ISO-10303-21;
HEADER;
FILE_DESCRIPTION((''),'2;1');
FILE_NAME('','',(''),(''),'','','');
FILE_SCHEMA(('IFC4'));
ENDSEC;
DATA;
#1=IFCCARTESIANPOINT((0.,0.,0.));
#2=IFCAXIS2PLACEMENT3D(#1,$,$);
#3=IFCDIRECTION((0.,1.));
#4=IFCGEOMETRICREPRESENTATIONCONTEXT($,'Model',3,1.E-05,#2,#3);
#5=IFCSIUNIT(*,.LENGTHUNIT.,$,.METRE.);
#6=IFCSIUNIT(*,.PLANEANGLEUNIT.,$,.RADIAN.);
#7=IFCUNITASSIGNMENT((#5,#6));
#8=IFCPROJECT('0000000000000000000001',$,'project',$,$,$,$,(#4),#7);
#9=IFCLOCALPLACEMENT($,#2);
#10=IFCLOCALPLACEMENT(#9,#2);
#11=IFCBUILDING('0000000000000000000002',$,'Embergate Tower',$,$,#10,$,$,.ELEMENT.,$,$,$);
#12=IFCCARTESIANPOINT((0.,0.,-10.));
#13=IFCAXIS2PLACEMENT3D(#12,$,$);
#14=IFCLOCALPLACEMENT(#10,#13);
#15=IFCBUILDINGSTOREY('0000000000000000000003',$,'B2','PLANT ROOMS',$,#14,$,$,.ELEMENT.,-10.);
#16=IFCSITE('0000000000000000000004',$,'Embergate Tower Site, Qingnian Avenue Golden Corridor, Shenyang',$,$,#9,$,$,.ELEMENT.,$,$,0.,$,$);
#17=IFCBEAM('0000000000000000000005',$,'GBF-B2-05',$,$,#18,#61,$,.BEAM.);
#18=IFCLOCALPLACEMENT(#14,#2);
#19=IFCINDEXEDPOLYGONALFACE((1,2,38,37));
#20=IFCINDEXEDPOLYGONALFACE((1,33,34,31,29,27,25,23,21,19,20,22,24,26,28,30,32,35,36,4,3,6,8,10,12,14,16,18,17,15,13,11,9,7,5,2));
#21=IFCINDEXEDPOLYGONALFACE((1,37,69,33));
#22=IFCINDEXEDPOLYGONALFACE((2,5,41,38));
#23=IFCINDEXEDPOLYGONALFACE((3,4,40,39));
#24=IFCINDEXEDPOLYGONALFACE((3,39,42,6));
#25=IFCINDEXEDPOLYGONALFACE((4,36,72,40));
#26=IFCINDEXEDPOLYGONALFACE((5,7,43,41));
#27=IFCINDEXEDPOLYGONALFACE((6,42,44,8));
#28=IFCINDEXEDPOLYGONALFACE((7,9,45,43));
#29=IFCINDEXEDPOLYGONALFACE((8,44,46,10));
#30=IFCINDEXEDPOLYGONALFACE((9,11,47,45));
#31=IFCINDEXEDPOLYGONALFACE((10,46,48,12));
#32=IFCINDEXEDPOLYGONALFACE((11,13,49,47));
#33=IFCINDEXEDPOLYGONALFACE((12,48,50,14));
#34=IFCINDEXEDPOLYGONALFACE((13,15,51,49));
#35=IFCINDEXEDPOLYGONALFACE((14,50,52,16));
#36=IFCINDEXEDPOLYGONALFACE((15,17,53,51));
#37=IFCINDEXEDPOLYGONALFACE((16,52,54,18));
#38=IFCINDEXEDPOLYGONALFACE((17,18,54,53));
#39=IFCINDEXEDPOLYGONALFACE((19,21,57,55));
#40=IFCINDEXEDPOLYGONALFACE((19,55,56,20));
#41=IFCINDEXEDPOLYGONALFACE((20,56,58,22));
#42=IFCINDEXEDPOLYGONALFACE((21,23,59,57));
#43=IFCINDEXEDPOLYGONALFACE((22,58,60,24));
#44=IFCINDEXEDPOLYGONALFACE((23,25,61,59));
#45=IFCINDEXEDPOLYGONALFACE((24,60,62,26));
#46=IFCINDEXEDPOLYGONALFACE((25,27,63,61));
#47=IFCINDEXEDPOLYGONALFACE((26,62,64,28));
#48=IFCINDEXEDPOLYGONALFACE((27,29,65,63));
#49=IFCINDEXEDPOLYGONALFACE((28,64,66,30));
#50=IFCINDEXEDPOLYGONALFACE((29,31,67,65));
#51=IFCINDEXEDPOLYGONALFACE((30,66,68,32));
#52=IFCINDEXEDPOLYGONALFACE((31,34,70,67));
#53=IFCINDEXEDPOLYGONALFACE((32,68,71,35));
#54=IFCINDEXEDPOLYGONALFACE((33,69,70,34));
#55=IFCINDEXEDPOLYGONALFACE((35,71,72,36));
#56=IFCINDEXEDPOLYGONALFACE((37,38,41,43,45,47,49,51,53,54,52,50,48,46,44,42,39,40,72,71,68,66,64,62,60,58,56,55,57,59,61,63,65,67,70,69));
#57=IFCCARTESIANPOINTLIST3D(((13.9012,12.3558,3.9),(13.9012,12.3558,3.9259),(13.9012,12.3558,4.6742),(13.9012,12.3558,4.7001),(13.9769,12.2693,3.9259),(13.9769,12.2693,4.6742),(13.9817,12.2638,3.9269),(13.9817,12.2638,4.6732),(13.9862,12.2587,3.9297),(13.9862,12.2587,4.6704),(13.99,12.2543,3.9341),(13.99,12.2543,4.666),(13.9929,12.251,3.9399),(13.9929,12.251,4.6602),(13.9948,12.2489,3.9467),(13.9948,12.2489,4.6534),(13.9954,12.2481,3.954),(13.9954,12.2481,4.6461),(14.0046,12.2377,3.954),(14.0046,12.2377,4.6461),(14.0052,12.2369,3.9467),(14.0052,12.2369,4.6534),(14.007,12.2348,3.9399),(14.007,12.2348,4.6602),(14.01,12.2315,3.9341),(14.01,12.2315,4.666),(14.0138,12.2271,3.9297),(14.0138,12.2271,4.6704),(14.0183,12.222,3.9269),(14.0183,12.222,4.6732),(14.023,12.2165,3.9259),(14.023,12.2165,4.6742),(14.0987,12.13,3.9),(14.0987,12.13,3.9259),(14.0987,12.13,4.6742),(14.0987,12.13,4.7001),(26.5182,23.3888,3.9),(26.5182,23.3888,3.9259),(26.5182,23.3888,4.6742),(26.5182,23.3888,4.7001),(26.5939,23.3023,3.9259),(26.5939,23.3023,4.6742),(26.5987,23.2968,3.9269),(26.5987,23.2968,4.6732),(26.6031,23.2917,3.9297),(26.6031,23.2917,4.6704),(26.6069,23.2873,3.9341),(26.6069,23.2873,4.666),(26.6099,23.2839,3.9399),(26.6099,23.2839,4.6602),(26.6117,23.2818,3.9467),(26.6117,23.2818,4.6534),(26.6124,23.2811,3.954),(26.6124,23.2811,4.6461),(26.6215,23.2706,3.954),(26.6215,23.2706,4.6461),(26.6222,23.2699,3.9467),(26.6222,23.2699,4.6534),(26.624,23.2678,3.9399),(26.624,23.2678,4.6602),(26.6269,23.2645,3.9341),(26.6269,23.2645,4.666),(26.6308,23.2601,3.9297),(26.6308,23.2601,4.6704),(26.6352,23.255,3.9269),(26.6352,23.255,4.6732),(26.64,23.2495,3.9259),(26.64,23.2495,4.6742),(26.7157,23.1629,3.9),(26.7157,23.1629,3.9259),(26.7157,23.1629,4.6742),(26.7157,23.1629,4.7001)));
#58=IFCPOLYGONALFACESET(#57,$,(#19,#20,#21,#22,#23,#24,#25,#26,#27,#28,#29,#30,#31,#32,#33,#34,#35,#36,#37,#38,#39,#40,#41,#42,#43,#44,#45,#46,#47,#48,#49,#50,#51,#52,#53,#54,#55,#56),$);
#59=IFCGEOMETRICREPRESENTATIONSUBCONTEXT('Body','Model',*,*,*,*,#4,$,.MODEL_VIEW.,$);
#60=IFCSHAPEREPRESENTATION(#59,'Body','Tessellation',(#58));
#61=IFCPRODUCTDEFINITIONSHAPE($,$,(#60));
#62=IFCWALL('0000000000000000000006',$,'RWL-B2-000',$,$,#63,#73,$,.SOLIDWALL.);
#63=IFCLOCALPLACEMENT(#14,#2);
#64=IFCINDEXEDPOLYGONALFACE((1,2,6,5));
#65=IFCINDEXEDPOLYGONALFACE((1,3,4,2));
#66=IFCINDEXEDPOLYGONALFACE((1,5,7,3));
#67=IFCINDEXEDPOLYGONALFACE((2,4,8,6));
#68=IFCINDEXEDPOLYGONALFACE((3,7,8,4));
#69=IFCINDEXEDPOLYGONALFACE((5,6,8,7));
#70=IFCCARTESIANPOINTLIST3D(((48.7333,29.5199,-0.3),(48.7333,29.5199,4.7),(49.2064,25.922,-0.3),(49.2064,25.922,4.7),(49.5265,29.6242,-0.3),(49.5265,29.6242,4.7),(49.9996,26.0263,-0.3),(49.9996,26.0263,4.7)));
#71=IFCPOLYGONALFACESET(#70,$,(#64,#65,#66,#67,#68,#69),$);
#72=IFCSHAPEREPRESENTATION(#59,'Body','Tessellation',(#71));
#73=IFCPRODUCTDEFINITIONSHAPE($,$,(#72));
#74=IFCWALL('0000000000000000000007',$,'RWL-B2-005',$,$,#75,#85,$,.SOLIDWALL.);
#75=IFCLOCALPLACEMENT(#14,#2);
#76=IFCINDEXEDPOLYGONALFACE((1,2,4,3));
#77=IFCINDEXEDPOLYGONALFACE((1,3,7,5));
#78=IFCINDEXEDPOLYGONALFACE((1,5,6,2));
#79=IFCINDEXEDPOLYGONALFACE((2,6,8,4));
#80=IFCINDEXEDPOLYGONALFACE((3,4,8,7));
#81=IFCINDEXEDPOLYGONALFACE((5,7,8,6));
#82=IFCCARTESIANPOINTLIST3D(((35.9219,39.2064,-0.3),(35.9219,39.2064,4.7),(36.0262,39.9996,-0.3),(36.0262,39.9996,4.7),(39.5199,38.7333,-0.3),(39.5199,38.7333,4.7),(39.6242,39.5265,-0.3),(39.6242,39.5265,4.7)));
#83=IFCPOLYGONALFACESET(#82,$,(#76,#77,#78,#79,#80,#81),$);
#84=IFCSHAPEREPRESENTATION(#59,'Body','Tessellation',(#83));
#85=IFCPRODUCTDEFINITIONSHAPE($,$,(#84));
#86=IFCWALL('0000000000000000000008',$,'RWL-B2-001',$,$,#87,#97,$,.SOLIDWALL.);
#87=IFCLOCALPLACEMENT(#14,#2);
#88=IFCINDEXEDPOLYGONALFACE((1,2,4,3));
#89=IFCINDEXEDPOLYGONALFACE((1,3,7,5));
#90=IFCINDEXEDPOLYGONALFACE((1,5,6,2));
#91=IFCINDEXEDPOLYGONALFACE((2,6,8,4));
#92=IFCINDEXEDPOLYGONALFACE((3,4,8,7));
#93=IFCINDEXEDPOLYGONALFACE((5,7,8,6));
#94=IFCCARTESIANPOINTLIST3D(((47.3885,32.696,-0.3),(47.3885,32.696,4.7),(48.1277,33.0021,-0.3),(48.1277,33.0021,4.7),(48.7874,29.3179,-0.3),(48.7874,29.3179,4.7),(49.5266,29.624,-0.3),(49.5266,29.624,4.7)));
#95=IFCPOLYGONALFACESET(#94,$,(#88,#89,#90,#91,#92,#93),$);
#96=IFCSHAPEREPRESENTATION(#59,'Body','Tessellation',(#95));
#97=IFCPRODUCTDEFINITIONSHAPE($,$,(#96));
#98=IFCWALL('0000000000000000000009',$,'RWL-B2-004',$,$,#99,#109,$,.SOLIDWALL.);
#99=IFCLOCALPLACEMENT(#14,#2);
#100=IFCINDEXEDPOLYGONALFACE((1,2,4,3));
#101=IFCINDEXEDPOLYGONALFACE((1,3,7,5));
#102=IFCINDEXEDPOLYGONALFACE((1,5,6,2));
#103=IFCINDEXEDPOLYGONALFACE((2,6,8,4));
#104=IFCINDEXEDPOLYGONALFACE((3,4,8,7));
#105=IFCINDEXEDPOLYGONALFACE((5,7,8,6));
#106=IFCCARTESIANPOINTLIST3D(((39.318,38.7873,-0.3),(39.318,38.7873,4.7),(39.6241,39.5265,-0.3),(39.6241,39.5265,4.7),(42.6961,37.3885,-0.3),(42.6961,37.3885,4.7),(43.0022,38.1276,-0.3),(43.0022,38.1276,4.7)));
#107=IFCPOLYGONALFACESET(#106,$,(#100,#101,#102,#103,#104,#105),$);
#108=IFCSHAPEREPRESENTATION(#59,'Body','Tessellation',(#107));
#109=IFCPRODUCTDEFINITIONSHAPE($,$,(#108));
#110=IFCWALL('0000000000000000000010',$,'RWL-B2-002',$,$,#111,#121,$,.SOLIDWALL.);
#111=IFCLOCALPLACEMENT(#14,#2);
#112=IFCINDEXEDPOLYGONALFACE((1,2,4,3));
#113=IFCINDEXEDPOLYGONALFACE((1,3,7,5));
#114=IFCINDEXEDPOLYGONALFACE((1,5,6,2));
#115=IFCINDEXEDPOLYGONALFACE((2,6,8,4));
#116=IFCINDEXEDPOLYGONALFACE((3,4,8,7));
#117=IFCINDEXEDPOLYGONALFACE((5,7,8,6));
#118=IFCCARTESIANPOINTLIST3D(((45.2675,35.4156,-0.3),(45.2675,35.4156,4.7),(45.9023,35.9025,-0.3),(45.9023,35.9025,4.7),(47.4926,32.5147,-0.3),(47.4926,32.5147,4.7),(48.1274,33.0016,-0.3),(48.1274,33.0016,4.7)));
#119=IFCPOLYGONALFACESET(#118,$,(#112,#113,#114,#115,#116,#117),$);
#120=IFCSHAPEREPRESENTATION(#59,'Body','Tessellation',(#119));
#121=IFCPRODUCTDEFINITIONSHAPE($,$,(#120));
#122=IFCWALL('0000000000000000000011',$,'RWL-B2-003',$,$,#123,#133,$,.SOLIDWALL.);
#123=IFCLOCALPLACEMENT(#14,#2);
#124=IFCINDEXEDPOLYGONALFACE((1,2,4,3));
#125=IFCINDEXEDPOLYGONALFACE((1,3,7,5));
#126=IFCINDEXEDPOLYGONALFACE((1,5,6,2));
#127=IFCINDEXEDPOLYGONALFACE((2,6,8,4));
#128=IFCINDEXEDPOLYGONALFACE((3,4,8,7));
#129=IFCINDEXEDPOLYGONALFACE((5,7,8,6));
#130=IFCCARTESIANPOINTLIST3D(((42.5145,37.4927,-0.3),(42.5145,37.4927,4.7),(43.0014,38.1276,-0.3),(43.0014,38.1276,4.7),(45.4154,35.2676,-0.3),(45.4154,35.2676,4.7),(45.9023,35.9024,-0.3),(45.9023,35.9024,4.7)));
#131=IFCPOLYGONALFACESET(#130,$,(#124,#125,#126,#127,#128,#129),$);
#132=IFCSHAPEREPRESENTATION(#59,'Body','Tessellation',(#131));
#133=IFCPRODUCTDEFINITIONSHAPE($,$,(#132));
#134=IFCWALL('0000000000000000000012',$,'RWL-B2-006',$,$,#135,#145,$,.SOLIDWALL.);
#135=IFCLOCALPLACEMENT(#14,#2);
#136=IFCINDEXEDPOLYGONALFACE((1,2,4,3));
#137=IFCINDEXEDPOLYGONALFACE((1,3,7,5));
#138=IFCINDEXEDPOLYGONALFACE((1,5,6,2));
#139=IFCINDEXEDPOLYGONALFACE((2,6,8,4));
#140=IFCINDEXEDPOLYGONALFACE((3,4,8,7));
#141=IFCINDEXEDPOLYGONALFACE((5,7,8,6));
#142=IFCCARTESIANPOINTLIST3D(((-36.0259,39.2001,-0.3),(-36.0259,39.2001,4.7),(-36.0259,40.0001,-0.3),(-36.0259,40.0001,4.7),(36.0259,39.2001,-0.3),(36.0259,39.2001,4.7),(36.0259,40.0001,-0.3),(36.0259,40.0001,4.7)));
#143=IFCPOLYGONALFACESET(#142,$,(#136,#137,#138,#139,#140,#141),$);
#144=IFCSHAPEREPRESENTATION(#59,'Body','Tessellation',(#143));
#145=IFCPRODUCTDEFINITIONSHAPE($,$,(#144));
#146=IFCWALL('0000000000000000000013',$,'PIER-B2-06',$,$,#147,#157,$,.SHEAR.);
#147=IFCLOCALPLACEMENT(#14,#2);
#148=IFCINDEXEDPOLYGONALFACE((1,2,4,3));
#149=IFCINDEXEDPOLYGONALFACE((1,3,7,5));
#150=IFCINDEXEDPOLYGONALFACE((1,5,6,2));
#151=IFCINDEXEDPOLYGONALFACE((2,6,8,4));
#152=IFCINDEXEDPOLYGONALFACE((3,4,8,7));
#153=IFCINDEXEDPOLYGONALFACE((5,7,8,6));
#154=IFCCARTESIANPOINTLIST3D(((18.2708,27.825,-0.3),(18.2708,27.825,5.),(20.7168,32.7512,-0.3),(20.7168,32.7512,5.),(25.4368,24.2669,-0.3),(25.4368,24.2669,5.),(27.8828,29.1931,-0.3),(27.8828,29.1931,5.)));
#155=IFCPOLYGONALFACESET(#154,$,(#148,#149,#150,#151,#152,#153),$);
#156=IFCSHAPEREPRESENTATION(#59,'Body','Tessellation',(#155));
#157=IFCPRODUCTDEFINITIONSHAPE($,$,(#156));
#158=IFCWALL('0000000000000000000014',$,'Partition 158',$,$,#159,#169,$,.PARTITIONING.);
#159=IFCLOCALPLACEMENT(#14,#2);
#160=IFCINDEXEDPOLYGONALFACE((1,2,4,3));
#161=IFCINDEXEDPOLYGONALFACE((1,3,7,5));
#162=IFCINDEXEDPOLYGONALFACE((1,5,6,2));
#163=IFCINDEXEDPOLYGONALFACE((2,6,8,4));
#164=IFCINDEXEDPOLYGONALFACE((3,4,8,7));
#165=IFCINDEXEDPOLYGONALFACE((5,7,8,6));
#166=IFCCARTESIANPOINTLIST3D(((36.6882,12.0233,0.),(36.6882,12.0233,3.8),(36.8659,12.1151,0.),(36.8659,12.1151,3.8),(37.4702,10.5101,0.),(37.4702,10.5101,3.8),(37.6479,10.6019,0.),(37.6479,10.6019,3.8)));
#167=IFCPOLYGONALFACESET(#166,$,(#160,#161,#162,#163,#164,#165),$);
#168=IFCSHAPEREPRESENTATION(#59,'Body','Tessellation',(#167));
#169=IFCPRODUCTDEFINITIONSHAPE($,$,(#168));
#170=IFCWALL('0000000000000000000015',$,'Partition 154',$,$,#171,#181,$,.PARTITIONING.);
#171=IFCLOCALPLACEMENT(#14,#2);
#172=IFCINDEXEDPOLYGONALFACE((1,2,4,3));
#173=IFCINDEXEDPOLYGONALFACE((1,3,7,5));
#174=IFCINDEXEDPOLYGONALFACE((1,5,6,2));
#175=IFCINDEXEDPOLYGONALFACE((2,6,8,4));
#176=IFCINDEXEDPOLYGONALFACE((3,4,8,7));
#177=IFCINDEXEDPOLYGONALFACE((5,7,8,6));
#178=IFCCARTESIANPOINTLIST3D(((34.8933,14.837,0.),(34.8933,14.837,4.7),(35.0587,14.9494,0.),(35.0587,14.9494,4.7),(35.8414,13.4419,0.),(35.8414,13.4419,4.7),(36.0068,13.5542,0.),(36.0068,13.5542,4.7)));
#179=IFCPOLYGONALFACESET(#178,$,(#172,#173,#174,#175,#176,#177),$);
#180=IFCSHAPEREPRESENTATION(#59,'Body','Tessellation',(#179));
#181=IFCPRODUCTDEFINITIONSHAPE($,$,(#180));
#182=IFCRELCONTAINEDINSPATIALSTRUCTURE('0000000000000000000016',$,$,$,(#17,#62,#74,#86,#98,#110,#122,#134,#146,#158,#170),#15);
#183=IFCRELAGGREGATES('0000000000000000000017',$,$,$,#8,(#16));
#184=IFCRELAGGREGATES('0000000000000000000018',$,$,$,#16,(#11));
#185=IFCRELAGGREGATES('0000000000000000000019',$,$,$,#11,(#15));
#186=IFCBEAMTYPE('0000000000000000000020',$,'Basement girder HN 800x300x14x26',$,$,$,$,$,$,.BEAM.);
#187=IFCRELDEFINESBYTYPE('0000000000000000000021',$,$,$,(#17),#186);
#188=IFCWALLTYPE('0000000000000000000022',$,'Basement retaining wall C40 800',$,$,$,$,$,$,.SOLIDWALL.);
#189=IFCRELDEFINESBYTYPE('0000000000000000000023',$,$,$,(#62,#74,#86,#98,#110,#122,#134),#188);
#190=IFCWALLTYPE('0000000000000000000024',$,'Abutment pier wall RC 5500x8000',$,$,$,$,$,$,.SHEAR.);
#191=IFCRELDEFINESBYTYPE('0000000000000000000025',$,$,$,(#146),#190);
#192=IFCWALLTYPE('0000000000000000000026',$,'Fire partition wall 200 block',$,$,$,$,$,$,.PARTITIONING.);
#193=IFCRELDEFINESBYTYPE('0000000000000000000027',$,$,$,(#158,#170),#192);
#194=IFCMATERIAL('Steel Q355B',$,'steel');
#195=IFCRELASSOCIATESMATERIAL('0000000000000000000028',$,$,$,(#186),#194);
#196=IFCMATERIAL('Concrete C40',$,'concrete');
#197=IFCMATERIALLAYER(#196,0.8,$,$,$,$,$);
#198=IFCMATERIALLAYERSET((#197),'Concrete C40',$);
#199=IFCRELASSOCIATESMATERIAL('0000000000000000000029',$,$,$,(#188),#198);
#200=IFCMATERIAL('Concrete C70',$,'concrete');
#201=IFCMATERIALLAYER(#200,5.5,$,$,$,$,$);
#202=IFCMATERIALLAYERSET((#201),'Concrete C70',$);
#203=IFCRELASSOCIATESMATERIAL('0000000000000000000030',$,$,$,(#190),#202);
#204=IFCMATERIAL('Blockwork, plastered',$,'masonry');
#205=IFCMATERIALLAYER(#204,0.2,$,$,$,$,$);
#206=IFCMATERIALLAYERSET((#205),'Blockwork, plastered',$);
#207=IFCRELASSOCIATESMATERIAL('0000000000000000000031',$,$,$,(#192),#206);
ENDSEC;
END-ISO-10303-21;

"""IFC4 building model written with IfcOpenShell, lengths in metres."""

from ifc_helpers import new_model, si_unit, direction, frame, frame_2d, origin, origin_2d, place, context, subcontext, project, spatial, rectangle, i_section, extrude, source, transform, mapped, material, layer, layer_set, material_profile, profile_set, type_object, element, save


model = new_model("IFC4")

# Units and contexts
model_context = context("Model", 3, precision=1e-05, world=origin(), true_north=direction((0.0, 1.0)))
body_context = subcontext(model_context, "Body", "Model", "MODEL_VIEW")
ifc_project = project(units=[si_unit("LENGTHUNIT", "METRE"), si_unit("PLANEANGLEUNIT", "RADIAN")], contexts=[model_context])

# Site, building, storey
site_placement = place(None, origin())
site = spatial("IfcSite", under=ifc_project, at=site_placement, Name="Embergate Tower Site, Qingnian Avenue Golden Corridor, Shenyang", CompositionType="ELEMENT", RefElevation=0.0)
building_placement = place(site_placement, origin())
building = spatial("IfcBuilding", under=site, at=building_placement, Name="Embergate Tower", CompositionType="ELEMENT")
storey_placement = place(building_placement, frame((0.0, 0.0, -10.0)))
storey = spatial("IfcBuildingStorey", under=building, at=storey_placement, Name="B2", Description="PLANT ROOMS", CompositionType="ELEMENT", Elevation=-10.0)

# Shared definitions
ifc_material_1 = material(Name="Concrete C40", Category="concrete")

# Shared definitions
ifc_material_2 = material(Name="Concrete C70", Category="concrete")

# Beam
ifc_material_3 = material(Name="Steel Q355B", Category="steel")
ifc_material_profile_1 = material_profile(ifc_material_3, i_section(OverallWidth=0.3, OverallDepth=0.8, WebThickness=0.0139, FlangeThickness=0.0259, FilletRadius=0.0281, at=origin_2d()), Name="HN 800x300x14x26")
ifc_profile_set_1 = profile_set([ifc_material_profile_1], Name="Steel Q355 grade B")
beam_type_1 = type_object("IfcBeamType", Name="Basement girder HN 800x300x14x26", PredefinedType="BEAM", material=ifc_profile_set_1)
shared_shape_1 = source(origin(), body_context, "Body", "SweptSolid", [
    extrude(i_section(OverallWidth=0.3, OverallDepth=0.8, WebThickness=0.0139, FlangeThickness=0.0259, FilletRadius=0.0281, at=origin_2d()), origin(), (0.0, 0.0, 1.0), 16.7605),
])
beam_1_placement = place(storey_placement, frame((26.6169, 23.2759, 4.3), z_axis=(-0.75278, -0.658273, 0.0), x_axis=(0.658273, -0.75278, 0.0)))
element("IfcBeam", 1, at=beam_1_placement, inside=storey, type_object=beam_type_1, Name="GBF-B2-05", PredefinedType="BEAM", context=body_context, shape_type="MappedRepresentation", body=[
    mapped(shared_shape_1, transform((0.0, 0.0, 0.0))),
])

# Walls
ifc_layer_1 = layer(ifc_material_1, 0.8)
ifc_layer_set_1 = layer_set([ifc_layer_1], Name="Concrete C40")
wall_type_1 = type_object("IfcWallType", Name="Basement retaining wall C40 800", PredefinedType="SOLIDWALL", material=ifc_layer_set_1)
shared_shape_2 = source(origin(), body_context, "Body", "SweptSolid", [
    extrude(rectangle(XDim=3.6289, YDim=0.8, at=frame_2d((1.8145, 0.0))), origin(), (0.0, 0.0, 1.0), 5.0),
])
for number, where, z_axis, x_axis, name in (
    (2, (49.603, 25.9741, -0.3), (0.0, 0.0, 1.0), (-0.130383, 0.991464, 0.0), "RWL-B2-000"),
    (3, (39.572, 39.1299, -0.3), (0.0, 0.0, 1.0), (-0.991464, 0.130383, 0.0), "RWL-B2-005"),
):
    element("IfcWall", number, at=place(storey_placement, frame(where, z_axis=z_axis, x_axis=x_axis)), inside=storey, type_object=wall_type_1, Name=name, PredefinedType="SOLIDWALL", context=body_context, shape_type="MappedRepresentation", body=[
        mapped(shared_shape_2, transform((0.0, 0.0, 0.0))),
    ])
shared_shape_3 = source(origin(), body_context, "Body", "SweptSolid", [
    extrude(rectangle(XDim=3.6562, YDim=0.8, at=frame_2d((1.8281, 0.0))), origin(), (0.0, 0.0, 1.0), 5.0),
])
for number, where, z_axis, x_axis, name in (
    (4, (49.157, 29.4709, -0.3), (0.0, 0.0, 1.0), (-0.382599, 0.923914, 0.0), "RWL-B2-001"),
    (5, (42.8491, 37.7581, -0.3), (0.0, 0.0, 1.0), (-0.923914, 0.382599, 0.0), "RWL-B2-004"),
):
    element("IfcWall", number, at=place(storey_placement, frame(where, z_axis=z_axis, x_axis=x_axis)), inside=storey, type_object=wall_type_1, Name=name, PredefinedType="SOLIDWALL", context=body_context, shape_type="MappedRepresentation", body=[
        mapped(shared_shape_3, transform((0.0, 0.0, 0.0))),
    ])
shared_shape_4 = source(origin(), body_context, "Body", "SweptSolid", [
    extrude(rectangle(XDim=3.656, YDim=0.8, at=frame_2d((1.8281, 0.0))), origin(), (0.0, 0.0, 1.0), 5.0),
])
for number, where, z_axis, x_axis, name in (
    (6, (47.8101, 32.7581, -0.3), (0.0, 0.0, 1.0), (-0.608619, 0.793462, 0.0), "RWL-B2-002"),
    (7, (45.6589, 35.585, -0.3), (0.0, 0.0, 1.0), (-0.793462, 0.608619, 0.0), "RWL-B2-003"),
):
    element("IfcWall", number, at=place(storey_placement, frame(where, z_axis=z_axis, x_axis=x_axis)), inside=storey, type_object=wall_type_1, Name=name, PredefinedType="SOLIDWALL", context=body_context, shape_type="MappedRepresentation", body=[
        mapped(shared_shape_4, transform((0.0, 0.0, 0.0))),
    ])
shared_shape_5 = source(origin(), body_context, "Body", "SweptSolid", [
    extrude(rectangle(XDim=72.0518, YDim=0.8, at=frame_2d((36.0259, 0.0))), origin(), (0.0, 0.0, 1.0), 5.0),
])
wall_1_placement = place(storey_placement, frame((36.0259, 39.6001, -0.3), z_axis=(0.0, 0.0, 1.0), x_axis=(-1.0, 0.0, 0.0)))
element("IfcWall", 8, at=wall_1_placement, inside=storey, type_object=wall_type_1, Name="RWL-B2-006", PredefinedType="SOLIDWALL", context=body_context, shape_type="MappedRepresentation", body=[
    mapped(shared_shape_5, transform((0.0, 0.0, 0.0))),
])
ifc_layer_2 = layer(ifc_material_2, 5.5)
ifc_layer_set_2 = layer_set([ifc_layer_2], Name="Concrete C70")
wall_type_2 = type_object("IfcWallType", Name="Abutment pier wall RC 5500x8000", PredefinedType="SHEAR", material=ifc_layer_set_2)
shared_shape_6 = source(origin(), body_context, "Body", "SweptSolid", [
    extrude(rectangle(XDim=8.0007, YDim=5.5, at=frame_2d((4.0005, 0.0))), origin(), (0.0, 0.0, 1.0), 5.3),
])
wall_2_placement = place(storey_placement, frame((26.6599, 26.73, -0.3), z_axis=(0.0, 0.0, 1.0), x_axis=(-0.895669, 0.444722, 0.0)))
element("IfcWall", 9, at=wall_2_placement, inside=storey, type_object=wall_type_2, Name="PIER-B2-06", PredefinedType="SHEAR", context=body_context, shape_type="MappedRepresentation", body=[
    mapped(shared_shape_6, transform((0.0, 0.0, 0.0))),
])
ifc_material_4 = material(Name="Blockwork, plastered", Category="masonry")
ifc_layer_3 = layer(ifc_material_4, 0.2)
ifc_layer_set_3 = layer_set([ifc_layer_3], Name="Blockwork, plastered")
wall_type_3 = type_object("IfcWallType", Name="Fire partition wall 200 block", PredefinedType="PARTITIONING", material=ifc_layer_set_3)
shared_shape_7 = source(origin(), body_context, "Body", "SweptSolid", [
    extrude(rectangle(XDim=1.7034, YDim=0.2, at=frame_2d((0.8516, 0.0))), origin(), (0.0, 0.0, 1.0), 3.8),
])
wall_3_placement = place(storey_placement, frame((36.7771, 12.0691, 0.0), z_axis=(0.0, 0.0, 1.0), x_axis=(0.459099, -0.888385, 0.0)))
element("IfcWall", 10, at=wall_3_placement, inside=storey, type_object=wall_type_3, Name="Partition 158", PredefinedType="PARTITIONING", context=body_context, shape_type="MappedRepresentation", body=[
    mapped(shared_shape_7, transform((0.0, 0.0, 0.0))),
])
shared_shape_8 = source(origin(), body_context, "Body", "SweptSolid", [
    extrude(rectangle(XDim=1.6868, YDim=0.2, at=frame_2d((0.8433, 0.0))), origin(), (0.0, 0.0, 1.0), 4.7),
])
wall_4_placement = place(storey_placement, frame((34.9761, 14.8931, 0.0), z_axis=(0.0, 0.0, 1.0), x_axis=(0.562061, -0.827096, 0.0)))
element("IfcWall", 11, at=wall_4_placement, inside=storey, type_object=wall_type_3, Name="Partition 154", PredefinedType="PARTITIONING", context=body_context, shape_type="MappedRepresentation", body=[
    mapped(shared_shape_8, transform((0.0, 0.0, 0.0))),
])

save(model, "model.ifc")
